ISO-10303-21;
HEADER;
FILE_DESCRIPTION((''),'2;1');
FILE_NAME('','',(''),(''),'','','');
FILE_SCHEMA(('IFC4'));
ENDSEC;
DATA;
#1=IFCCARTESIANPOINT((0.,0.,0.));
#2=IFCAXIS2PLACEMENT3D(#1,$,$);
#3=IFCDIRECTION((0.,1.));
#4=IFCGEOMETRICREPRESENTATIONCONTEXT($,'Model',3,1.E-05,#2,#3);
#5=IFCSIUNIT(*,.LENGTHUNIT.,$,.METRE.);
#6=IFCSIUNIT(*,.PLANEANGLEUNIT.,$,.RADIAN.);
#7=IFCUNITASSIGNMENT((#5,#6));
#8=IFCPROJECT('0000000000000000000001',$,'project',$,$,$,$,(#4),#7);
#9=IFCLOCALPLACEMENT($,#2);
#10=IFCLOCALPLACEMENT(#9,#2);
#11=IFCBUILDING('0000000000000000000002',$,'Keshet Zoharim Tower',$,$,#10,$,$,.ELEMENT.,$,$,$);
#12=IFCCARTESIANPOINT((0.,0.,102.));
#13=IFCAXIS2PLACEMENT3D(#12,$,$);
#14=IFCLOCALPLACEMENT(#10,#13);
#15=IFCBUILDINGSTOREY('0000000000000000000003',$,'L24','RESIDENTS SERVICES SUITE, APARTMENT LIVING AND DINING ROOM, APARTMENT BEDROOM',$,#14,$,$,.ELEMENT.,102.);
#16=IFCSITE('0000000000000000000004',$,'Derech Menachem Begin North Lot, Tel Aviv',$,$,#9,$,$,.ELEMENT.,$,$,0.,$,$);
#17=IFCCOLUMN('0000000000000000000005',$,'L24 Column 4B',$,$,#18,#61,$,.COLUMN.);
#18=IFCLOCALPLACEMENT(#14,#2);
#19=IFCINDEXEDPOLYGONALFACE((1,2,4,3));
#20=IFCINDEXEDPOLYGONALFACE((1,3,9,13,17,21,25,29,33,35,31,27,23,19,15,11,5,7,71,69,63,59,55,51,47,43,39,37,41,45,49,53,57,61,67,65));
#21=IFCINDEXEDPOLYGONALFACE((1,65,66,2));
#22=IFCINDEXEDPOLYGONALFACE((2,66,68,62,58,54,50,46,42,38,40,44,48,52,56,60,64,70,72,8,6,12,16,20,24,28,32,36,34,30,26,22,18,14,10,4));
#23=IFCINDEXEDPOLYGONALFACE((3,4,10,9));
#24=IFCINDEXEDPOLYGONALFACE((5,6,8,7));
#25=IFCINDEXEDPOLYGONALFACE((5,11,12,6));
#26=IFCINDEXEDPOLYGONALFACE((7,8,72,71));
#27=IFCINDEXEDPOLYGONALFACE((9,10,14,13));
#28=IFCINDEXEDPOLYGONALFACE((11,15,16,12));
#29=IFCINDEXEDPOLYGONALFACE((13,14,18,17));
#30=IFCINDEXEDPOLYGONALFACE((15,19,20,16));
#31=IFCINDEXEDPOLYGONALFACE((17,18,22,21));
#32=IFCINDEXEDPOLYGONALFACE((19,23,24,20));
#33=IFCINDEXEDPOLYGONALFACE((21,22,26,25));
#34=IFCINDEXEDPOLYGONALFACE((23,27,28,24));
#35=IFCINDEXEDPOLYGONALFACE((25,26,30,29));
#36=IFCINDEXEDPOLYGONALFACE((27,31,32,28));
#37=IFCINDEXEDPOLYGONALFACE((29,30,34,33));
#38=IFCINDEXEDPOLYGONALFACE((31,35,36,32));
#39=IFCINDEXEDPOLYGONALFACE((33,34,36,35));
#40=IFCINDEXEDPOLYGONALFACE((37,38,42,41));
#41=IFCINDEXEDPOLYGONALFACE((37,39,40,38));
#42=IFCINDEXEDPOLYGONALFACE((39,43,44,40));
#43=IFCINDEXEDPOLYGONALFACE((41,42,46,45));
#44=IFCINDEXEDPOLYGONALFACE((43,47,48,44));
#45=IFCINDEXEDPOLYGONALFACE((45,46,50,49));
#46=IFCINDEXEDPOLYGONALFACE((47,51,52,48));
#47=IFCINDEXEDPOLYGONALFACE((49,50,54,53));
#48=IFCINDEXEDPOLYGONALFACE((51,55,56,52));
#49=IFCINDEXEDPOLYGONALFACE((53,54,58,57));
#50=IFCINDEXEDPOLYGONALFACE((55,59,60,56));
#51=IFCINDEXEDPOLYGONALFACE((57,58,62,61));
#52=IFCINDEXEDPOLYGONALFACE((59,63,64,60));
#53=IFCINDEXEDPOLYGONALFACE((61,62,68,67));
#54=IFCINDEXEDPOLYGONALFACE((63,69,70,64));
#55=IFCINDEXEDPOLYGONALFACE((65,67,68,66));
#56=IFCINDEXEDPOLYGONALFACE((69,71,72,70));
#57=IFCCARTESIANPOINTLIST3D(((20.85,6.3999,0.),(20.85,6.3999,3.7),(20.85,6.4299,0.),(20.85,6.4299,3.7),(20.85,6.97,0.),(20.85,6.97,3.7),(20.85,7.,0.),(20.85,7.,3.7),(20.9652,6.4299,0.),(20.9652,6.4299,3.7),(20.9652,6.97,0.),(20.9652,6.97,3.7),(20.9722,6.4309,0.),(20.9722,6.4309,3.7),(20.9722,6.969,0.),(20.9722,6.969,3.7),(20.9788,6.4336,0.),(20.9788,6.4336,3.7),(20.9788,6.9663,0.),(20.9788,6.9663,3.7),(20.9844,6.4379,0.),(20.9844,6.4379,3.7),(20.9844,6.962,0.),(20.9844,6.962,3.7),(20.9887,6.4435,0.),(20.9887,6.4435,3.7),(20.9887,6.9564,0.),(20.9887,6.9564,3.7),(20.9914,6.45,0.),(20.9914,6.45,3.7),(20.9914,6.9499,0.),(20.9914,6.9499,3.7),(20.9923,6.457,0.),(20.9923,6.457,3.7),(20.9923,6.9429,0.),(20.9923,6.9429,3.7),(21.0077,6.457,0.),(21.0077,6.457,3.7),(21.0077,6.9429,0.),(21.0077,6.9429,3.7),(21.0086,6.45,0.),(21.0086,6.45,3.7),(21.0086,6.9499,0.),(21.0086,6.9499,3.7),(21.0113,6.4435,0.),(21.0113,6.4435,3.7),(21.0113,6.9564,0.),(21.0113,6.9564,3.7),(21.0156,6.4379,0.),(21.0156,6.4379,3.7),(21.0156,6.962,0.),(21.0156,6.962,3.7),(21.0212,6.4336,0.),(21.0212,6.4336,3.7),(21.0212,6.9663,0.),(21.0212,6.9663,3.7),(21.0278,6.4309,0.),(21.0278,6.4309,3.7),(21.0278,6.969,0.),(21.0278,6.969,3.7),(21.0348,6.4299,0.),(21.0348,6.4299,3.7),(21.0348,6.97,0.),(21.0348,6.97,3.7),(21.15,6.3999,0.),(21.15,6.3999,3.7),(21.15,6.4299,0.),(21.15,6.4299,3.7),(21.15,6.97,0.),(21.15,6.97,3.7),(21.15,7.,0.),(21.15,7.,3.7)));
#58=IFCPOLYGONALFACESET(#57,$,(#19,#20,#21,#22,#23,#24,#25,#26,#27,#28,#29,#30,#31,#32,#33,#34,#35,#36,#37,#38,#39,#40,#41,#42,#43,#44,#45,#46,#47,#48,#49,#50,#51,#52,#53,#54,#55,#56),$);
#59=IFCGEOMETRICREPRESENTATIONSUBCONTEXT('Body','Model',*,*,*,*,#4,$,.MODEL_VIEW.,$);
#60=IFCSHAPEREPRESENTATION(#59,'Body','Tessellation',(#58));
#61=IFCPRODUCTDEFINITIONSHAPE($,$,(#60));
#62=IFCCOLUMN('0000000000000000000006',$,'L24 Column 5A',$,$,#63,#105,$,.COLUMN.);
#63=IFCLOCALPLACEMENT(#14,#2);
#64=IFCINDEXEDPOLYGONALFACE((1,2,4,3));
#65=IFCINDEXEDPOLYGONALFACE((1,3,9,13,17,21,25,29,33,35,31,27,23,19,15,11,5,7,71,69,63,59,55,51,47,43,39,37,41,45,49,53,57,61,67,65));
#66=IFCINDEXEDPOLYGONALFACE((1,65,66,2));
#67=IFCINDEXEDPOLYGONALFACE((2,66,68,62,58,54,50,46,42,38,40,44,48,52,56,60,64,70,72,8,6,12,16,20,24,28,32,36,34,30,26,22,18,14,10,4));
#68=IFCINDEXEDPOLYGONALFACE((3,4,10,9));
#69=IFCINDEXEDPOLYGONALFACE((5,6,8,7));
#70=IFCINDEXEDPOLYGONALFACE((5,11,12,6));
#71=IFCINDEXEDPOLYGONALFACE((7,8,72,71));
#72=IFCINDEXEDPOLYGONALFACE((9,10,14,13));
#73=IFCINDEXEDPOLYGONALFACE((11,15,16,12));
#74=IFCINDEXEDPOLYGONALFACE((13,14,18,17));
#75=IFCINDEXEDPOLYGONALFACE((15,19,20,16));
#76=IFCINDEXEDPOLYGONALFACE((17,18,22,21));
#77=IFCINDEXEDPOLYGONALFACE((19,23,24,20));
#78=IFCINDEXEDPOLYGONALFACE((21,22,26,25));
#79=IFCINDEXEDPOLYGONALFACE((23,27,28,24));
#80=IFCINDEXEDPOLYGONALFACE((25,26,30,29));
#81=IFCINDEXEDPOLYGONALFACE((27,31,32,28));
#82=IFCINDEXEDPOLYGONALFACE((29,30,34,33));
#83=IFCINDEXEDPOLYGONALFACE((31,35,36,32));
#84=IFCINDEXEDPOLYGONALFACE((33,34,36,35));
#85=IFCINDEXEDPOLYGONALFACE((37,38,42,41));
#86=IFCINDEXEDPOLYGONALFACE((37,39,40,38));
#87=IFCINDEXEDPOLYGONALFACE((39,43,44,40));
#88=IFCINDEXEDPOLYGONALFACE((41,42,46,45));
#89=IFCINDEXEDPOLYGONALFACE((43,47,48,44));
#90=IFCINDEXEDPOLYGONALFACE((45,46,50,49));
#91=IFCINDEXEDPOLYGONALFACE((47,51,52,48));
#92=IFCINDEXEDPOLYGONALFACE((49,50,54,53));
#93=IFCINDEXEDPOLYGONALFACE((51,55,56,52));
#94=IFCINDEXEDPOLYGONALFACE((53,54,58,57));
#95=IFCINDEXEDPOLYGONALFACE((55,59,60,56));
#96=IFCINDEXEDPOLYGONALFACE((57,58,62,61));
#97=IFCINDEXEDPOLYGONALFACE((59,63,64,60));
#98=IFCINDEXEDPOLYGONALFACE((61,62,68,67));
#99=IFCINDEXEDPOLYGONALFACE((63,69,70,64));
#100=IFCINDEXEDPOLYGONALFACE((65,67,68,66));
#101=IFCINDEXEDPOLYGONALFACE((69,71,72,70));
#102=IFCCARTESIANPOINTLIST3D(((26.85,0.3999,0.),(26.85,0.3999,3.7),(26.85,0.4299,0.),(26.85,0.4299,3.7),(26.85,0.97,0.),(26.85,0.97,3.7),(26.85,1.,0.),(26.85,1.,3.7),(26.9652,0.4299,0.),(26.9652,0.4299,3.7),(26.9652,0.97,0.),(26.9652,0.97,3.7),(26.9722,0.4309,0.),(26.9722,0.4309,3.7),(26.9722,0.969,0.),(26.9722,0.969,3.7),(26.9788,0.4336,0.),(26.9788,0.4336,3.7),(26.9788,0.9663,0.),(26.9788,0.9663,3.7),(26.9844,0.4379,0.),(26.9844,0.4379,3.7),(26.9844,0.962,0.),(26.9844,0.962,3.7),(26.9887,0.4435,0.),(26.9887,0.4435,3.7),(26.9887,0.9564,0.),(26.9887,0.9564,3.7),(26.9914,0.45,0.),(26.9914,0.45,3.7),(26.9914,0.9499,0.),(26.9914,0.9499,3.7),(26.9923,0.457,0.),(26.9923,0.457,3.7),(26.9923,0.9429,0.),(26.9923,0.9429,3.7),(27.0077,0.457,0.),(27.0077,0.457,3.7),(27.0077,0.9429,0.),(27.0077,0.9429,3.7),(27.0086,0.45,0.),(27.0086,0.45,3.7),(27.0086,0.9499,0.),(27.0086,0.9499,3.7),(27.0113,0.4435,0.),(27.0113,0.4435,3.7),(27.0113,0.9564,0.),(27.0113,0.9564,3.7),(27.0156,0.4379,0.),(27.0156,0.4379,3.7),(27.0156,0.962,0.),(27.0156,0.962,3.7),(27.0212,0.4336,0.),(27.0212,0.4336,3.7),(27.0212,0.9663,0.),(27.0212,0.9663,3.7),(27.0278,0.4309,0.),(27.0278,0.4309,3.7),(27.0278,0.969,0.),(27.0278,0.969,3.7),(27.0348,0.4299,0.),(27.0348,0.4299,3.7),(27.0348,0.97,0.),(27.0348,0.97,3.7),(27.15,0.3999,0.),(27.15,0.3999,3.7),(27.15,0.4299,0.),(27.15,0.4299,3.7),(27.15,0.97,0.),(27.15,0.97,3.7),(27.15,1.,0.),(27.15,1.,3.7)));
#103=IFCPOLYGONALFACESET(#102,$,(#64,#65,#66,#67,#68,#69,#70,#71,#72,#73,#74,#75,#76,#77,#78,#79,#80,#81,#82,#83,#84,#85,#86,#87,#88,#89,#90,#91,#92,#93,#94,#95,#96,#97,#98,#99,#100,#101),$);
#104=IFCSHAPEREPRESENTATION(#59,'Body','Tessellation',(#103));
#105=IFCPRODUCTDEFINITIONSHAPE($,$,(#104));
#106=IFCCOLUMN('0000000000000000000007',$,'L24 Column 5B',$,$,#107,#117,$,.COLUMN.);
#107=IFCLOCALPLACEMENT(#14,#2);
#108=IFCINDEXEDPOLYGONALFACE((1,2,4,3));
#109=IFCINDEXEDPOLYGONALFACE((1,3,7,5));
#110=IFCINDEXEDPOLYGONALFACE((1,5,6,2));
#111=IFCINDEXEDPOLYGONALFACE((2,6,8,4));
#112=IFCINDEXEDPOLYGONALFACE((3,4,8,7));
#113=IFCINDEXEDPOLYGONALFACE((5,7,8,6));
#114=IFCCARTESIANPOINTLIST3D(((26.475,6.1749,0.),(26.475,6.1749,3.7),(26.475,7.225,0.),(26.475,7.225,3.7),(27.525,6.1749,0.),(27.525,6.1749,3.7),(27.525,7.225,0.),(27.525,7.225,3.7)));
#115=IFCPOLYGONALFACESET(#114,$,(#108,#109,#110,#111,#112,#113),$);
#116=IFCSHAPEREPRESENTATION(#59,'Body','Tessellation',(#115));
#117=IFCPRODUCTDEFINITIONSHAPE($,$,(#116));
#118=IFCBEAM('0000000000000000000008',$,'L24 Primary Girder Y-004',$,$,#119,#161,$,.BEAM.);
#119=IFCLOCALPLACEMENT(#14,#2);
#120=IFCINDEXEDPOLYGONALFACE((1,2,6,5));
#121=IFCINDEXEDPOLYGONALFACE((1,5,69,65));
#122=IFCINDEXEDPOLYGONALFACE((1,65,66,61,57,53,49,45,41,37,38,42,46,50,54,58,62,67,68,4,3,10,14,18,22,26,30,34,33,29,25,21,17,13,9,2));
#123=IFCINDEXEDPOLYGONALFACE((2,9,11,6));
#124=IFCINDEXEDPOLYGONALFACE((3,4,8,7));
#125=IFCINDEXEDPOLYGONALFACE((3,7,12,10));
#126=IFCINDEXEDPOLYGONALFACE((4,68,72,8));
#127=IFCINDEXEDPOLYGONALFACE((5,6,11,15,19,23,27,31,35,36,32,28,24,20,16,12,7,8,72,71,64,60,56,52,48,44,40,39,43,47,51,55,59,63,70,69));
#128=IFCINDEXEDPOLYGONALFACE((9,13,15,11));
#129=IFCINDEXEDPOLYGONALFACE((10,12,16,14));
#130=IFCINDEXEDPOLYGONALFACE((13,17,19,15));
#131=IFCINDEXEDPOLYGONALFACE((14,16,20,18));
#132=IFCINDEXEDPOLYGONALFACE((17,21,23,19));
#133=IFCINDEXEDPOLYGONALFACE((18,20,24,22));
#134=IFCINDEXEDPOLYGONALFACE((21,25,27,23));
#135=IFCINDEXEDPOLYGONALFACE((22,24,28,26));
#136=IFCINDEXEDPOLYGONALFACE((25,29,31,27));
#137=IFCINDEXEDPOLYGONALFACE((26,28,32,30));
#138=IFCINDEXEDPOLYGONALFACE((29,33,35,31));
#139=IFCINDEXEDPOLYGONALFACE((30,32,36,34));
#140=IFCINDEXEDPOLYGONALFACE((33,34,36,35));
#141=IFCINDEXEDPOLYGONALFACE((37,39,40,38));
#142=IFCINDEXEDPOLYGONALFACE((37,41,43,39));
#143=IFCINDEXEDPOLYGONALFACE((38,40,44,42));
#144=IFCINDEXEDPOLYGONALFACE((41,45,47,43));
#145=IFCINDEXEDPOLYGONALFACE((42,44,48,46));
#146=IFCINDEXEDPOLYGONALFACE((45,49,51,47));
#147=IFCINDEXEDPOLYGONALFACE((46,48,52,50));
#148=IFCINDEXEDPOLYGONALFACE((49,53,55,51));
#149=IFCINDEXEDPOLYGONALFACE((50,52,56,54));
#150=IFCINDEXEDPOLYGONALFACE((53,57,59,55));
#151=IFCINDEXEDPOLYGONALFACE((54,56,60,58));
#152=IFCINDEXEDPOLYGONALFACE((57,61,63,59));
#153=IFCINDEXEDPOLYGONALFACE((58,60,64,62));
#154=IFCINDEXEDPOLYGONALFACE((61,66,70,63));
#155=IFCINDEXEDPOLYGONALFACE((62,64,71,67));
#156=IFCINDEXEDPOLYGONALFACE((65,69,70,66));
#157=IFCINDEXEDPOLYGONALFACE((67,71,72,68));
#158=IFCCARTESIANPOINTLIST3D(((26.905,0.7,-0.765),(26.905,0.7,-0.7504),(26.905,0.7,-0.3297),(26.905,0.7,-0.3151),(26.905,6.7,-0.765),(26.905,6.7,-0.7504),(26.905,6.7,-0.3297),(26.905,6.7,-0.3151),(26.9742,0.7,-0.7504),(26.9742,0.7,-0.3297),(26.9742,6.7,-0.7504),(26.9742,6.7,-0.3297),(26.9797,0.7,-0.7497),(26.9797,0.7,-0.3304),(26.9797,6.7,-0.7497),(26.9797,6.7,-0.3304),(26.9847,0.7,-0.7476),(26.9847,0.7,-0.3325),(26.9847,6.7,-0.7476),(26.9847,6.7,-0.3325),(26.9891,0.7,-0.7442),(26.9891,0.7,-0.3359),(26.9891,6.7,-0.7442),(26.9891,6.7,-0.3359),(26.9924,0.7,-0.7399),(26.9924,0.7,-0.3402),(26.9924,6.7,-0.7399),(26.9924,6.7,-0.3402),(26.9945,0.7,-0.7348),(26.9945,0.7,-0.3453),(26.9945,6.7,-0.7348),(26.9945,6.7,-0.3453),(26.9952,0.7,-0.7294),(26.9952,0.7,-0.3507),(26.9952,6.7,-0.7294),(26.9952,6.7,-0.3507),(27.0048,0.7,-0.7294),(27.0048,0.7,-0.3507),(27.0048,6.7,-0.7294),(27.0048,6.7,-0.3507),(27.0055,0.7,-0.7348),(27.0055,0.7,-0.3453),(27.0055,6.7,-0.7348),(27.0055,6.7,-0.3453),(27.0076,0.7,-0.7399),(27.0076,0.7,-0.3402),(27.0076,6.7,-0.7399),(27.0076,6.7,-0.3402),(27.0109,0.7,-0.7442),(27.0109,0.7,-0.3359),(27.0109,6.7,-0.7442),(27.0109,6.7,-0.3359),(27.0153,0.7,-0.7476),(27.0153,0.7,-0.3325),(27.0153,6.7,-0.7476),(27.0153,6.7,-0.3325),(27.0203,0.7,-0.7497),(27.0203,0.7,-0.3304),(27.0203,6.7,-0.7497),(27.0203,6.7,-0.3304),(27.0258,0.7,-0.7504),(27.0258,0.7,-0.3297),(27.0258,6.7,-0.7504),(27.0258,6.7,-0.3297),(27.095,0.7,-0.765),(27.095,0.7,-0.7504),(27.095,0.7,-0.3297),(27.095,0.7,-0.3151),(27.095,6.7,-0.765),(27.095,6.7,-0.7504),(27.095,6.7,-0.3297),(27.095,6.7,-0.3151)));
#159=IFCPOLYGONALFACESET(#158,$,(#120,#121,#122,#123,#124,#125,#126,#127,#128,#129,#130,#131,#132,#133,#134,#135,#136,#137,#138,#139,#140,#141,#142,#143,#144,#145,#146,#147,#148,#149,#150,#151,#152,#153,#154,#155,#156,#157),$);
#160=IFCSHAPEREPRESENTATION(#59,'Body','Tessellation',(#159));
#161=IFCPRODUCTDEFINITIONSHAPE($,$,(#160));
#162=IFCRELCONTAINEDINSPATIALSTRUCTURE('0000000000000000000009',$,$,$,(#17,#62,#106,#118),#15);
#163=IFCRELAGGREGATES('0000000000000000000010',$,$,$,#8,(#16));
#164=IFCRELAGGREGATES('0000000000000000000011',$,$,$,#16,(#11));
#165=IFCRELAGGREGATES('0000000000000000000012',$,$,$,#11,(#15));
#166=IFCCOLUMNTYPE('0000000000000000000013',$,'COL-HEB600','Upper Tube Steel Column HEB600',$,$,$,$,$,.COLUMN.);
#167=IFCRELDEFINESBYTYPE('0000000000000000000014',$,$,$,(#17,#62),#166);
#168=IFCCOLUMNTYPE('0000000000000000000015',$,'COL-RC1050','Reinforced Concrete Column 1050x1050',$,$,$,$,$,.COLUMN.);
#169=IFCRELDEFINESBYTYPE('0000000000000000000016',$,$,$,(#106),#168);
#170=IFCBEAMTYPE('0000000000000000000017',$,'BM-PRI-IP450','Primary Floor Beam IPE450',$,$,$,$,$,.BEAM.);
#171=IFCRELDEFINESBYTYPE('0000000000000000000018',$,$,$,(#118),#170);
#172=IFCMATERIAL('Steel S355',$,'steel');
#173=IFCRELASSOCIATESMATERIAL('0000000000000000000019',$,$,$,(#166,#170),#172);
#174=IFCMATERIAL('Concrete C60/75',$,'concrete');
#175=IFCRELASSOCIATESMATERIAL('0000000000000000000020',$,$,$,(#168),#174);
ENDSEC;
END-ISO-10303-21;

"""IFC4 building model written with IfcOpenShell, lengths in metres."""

from ifc_helpers import new_model, si_unit, direction, frame, origin, origin_2d, place, context, subcontext, project, spatial, rectangle, i_section, extrude, material, material_profile, profile_set, type_object, element, save


model = new_model("IFC4")

# Units and contexts
model_context = context("Model", 3, precision=1e-05, world=origin(), true_north=direction((0.0, 1.0)))
body_context = subcontext(model_context, "Body", "Model", "MODEL_VIEW")
ifc_project = project(units=[si_unit("LENGTHUNIT", "METRE"), si_unit("PLANEANGLEUNIT", "RADIAN")], contexts=[model_context])

# Site, building, storey
site_placement = place(None, origin())
site = spatial("IfcSite", under=ifc_project, at=site_placement, Name="Derech Menachem Begin North Lot, Tel Aviv", CompositionType="ELEMENT", RefElevation=0.0)
building_placement = place(site_placement, origin())
building = spatial("IfcBuilding", under=site, at=building_placement, Name="Keshet Zoharim Tower", CompositionType="ELEMENT")
storey_placement = place(building_placement, frame((0.0, 0.0, 102.0)))
storey = spatial("IfcBuildingStorey", under=building, at=storey_placement, Name="L24", Description="RESIDENTS SERVICES SUITE, APARTMENT LIVING AND DINING ROOM, APARTMENT BEDROOM", CompositionType="ELEMENT", Elevation=102.0)

# Columns
ifc_material_1 = material(Name="Steel S355", Category="steel")
ifc_material_profile_1 = material_profile(ifc_material_1, i_section(OverallWidth=0.3, OverallDepth=0.6001, WebThickness=0.0154, FlangeThickness=0.03, FilletRadius=0.0271, at=origin_2d()), Name="HEB600")
ifc_profile_set_1 = profile_set([ifc_material_profile_1], Name="Steel S355")
column_type_1 = type_object("IfcColumnType", Name="COL-HEB600", Description="Upper Tube Steel Column HEB600", PredefinedType="COLUMN", material=ifc_profile_set_1)
for number, where, z_axis, x_axis, name in (
    (1, (21.0, 6.7, 0.0), (0.0, 0.0, 1.0), (1.0, 0.0, 0.0), "L24 Column 4B"),
    (2, (27.0, 0.7, 0.0), (0.0, 0.0, 1.0), (1.0, 0.0, 0.0), "L24 Column 5A"),
):
    element("IfcColumn", number, at=place(storey_placement, frame(where, z_axis=z_axis, x_axis=x_axis)), inside=storey, type_object=column_type_1, Name=name, PredefinedType="COLUMN", context=body_context, shape_type="SweptSolid", body=[
        extrude(i_section(OverallWidth=0.3, OverallDepth=0.6001, WebThickness=0.0154, FlangeThickness=0.03, FilletRadius=0.0271, at=origin_2d()), origin(), (0.0, 0.0, 1.0), 3.7),
    ])
ifc_material_2 = material(Name="Concrete C60/75", Category="concrete")
ifc_material_profile_2 = material_profile(ifc_material_2, rectangle(XDim=1.05, YDim=1.05, at=origin_2d()), Name="RC1050x1050")
ifc_profile_set_2 = profile_set([ifc_material_profile_2], Name="Concrete C60/75")
column_type_2 = type_object("IfcColumnType", Name="COL-RC1050", Description="Reinforced Concrete Column 1050x1050", PredefinedType="COLUMN", material=ifc_profile_set_2)
column_placement = place(storey_placement, frame((27.0, 6.7, 0.0), z_axis=(0.0, 0.0, 1.0), x_axis=(1.0, 0.0, 0.0)))
element("IfcColumn", 3, at=column_placement, inside=storey, type_object=column_type_2, Name="L24 Column 5B", PredefinedType="COLUMN", context=body_context, shape_type="SweptSolid", body=[
    extrude(rectangle(XDim=1.05, YDim=1.05, at=origin_2d()), origin(), (0.0, 0.0, 1.0), 3.7),
])

# Beam
ifc_material_profile_3 = material_profile(ifc_material_1, i_section(OverallWidth=0.1899, OverallDepth=0.45, WebThickness=0.0095, FlangeThickness=0.0146, FilletRadius=0.021, at=origin_2d()), Name="IPE450")
ifc_profile_set_3 = profile_set([ifc_material_profile_3], Name="Steel S355")
beam_type_1 = type_object("IfcBeamType", Name="BM-PRI-IP450", Description="Primary Floor Beam IPE450", PredefinedType="BEAM", material=ifc_profile_set_3)
beam_1_placement = place(storey_placement, frame((27.0, 0.7, -0.54), z_axis=(0.0, 1.0, 0.0), x_axis=(-1.0, 0.0, 0.0)))
element("IfcBeam", 4, at=beam_1_placement, inside=storey, type_object=beam_type_1, Name="L24 Primary Girder Y-004", PredefinedType="BEAM", context=body_context, shape_type="SweptSolid", body=[
    extrude(i_section(OverallWidth=0.1899, OverallDepth=0.45, WebThickness=0.0095, FlangeThickness=0.0146, FilletRadius=0.021, at=origin_2d()), origin(), (0.0, 0.0, 1.0), 6.0),
])

save(model, "model.ifc")
